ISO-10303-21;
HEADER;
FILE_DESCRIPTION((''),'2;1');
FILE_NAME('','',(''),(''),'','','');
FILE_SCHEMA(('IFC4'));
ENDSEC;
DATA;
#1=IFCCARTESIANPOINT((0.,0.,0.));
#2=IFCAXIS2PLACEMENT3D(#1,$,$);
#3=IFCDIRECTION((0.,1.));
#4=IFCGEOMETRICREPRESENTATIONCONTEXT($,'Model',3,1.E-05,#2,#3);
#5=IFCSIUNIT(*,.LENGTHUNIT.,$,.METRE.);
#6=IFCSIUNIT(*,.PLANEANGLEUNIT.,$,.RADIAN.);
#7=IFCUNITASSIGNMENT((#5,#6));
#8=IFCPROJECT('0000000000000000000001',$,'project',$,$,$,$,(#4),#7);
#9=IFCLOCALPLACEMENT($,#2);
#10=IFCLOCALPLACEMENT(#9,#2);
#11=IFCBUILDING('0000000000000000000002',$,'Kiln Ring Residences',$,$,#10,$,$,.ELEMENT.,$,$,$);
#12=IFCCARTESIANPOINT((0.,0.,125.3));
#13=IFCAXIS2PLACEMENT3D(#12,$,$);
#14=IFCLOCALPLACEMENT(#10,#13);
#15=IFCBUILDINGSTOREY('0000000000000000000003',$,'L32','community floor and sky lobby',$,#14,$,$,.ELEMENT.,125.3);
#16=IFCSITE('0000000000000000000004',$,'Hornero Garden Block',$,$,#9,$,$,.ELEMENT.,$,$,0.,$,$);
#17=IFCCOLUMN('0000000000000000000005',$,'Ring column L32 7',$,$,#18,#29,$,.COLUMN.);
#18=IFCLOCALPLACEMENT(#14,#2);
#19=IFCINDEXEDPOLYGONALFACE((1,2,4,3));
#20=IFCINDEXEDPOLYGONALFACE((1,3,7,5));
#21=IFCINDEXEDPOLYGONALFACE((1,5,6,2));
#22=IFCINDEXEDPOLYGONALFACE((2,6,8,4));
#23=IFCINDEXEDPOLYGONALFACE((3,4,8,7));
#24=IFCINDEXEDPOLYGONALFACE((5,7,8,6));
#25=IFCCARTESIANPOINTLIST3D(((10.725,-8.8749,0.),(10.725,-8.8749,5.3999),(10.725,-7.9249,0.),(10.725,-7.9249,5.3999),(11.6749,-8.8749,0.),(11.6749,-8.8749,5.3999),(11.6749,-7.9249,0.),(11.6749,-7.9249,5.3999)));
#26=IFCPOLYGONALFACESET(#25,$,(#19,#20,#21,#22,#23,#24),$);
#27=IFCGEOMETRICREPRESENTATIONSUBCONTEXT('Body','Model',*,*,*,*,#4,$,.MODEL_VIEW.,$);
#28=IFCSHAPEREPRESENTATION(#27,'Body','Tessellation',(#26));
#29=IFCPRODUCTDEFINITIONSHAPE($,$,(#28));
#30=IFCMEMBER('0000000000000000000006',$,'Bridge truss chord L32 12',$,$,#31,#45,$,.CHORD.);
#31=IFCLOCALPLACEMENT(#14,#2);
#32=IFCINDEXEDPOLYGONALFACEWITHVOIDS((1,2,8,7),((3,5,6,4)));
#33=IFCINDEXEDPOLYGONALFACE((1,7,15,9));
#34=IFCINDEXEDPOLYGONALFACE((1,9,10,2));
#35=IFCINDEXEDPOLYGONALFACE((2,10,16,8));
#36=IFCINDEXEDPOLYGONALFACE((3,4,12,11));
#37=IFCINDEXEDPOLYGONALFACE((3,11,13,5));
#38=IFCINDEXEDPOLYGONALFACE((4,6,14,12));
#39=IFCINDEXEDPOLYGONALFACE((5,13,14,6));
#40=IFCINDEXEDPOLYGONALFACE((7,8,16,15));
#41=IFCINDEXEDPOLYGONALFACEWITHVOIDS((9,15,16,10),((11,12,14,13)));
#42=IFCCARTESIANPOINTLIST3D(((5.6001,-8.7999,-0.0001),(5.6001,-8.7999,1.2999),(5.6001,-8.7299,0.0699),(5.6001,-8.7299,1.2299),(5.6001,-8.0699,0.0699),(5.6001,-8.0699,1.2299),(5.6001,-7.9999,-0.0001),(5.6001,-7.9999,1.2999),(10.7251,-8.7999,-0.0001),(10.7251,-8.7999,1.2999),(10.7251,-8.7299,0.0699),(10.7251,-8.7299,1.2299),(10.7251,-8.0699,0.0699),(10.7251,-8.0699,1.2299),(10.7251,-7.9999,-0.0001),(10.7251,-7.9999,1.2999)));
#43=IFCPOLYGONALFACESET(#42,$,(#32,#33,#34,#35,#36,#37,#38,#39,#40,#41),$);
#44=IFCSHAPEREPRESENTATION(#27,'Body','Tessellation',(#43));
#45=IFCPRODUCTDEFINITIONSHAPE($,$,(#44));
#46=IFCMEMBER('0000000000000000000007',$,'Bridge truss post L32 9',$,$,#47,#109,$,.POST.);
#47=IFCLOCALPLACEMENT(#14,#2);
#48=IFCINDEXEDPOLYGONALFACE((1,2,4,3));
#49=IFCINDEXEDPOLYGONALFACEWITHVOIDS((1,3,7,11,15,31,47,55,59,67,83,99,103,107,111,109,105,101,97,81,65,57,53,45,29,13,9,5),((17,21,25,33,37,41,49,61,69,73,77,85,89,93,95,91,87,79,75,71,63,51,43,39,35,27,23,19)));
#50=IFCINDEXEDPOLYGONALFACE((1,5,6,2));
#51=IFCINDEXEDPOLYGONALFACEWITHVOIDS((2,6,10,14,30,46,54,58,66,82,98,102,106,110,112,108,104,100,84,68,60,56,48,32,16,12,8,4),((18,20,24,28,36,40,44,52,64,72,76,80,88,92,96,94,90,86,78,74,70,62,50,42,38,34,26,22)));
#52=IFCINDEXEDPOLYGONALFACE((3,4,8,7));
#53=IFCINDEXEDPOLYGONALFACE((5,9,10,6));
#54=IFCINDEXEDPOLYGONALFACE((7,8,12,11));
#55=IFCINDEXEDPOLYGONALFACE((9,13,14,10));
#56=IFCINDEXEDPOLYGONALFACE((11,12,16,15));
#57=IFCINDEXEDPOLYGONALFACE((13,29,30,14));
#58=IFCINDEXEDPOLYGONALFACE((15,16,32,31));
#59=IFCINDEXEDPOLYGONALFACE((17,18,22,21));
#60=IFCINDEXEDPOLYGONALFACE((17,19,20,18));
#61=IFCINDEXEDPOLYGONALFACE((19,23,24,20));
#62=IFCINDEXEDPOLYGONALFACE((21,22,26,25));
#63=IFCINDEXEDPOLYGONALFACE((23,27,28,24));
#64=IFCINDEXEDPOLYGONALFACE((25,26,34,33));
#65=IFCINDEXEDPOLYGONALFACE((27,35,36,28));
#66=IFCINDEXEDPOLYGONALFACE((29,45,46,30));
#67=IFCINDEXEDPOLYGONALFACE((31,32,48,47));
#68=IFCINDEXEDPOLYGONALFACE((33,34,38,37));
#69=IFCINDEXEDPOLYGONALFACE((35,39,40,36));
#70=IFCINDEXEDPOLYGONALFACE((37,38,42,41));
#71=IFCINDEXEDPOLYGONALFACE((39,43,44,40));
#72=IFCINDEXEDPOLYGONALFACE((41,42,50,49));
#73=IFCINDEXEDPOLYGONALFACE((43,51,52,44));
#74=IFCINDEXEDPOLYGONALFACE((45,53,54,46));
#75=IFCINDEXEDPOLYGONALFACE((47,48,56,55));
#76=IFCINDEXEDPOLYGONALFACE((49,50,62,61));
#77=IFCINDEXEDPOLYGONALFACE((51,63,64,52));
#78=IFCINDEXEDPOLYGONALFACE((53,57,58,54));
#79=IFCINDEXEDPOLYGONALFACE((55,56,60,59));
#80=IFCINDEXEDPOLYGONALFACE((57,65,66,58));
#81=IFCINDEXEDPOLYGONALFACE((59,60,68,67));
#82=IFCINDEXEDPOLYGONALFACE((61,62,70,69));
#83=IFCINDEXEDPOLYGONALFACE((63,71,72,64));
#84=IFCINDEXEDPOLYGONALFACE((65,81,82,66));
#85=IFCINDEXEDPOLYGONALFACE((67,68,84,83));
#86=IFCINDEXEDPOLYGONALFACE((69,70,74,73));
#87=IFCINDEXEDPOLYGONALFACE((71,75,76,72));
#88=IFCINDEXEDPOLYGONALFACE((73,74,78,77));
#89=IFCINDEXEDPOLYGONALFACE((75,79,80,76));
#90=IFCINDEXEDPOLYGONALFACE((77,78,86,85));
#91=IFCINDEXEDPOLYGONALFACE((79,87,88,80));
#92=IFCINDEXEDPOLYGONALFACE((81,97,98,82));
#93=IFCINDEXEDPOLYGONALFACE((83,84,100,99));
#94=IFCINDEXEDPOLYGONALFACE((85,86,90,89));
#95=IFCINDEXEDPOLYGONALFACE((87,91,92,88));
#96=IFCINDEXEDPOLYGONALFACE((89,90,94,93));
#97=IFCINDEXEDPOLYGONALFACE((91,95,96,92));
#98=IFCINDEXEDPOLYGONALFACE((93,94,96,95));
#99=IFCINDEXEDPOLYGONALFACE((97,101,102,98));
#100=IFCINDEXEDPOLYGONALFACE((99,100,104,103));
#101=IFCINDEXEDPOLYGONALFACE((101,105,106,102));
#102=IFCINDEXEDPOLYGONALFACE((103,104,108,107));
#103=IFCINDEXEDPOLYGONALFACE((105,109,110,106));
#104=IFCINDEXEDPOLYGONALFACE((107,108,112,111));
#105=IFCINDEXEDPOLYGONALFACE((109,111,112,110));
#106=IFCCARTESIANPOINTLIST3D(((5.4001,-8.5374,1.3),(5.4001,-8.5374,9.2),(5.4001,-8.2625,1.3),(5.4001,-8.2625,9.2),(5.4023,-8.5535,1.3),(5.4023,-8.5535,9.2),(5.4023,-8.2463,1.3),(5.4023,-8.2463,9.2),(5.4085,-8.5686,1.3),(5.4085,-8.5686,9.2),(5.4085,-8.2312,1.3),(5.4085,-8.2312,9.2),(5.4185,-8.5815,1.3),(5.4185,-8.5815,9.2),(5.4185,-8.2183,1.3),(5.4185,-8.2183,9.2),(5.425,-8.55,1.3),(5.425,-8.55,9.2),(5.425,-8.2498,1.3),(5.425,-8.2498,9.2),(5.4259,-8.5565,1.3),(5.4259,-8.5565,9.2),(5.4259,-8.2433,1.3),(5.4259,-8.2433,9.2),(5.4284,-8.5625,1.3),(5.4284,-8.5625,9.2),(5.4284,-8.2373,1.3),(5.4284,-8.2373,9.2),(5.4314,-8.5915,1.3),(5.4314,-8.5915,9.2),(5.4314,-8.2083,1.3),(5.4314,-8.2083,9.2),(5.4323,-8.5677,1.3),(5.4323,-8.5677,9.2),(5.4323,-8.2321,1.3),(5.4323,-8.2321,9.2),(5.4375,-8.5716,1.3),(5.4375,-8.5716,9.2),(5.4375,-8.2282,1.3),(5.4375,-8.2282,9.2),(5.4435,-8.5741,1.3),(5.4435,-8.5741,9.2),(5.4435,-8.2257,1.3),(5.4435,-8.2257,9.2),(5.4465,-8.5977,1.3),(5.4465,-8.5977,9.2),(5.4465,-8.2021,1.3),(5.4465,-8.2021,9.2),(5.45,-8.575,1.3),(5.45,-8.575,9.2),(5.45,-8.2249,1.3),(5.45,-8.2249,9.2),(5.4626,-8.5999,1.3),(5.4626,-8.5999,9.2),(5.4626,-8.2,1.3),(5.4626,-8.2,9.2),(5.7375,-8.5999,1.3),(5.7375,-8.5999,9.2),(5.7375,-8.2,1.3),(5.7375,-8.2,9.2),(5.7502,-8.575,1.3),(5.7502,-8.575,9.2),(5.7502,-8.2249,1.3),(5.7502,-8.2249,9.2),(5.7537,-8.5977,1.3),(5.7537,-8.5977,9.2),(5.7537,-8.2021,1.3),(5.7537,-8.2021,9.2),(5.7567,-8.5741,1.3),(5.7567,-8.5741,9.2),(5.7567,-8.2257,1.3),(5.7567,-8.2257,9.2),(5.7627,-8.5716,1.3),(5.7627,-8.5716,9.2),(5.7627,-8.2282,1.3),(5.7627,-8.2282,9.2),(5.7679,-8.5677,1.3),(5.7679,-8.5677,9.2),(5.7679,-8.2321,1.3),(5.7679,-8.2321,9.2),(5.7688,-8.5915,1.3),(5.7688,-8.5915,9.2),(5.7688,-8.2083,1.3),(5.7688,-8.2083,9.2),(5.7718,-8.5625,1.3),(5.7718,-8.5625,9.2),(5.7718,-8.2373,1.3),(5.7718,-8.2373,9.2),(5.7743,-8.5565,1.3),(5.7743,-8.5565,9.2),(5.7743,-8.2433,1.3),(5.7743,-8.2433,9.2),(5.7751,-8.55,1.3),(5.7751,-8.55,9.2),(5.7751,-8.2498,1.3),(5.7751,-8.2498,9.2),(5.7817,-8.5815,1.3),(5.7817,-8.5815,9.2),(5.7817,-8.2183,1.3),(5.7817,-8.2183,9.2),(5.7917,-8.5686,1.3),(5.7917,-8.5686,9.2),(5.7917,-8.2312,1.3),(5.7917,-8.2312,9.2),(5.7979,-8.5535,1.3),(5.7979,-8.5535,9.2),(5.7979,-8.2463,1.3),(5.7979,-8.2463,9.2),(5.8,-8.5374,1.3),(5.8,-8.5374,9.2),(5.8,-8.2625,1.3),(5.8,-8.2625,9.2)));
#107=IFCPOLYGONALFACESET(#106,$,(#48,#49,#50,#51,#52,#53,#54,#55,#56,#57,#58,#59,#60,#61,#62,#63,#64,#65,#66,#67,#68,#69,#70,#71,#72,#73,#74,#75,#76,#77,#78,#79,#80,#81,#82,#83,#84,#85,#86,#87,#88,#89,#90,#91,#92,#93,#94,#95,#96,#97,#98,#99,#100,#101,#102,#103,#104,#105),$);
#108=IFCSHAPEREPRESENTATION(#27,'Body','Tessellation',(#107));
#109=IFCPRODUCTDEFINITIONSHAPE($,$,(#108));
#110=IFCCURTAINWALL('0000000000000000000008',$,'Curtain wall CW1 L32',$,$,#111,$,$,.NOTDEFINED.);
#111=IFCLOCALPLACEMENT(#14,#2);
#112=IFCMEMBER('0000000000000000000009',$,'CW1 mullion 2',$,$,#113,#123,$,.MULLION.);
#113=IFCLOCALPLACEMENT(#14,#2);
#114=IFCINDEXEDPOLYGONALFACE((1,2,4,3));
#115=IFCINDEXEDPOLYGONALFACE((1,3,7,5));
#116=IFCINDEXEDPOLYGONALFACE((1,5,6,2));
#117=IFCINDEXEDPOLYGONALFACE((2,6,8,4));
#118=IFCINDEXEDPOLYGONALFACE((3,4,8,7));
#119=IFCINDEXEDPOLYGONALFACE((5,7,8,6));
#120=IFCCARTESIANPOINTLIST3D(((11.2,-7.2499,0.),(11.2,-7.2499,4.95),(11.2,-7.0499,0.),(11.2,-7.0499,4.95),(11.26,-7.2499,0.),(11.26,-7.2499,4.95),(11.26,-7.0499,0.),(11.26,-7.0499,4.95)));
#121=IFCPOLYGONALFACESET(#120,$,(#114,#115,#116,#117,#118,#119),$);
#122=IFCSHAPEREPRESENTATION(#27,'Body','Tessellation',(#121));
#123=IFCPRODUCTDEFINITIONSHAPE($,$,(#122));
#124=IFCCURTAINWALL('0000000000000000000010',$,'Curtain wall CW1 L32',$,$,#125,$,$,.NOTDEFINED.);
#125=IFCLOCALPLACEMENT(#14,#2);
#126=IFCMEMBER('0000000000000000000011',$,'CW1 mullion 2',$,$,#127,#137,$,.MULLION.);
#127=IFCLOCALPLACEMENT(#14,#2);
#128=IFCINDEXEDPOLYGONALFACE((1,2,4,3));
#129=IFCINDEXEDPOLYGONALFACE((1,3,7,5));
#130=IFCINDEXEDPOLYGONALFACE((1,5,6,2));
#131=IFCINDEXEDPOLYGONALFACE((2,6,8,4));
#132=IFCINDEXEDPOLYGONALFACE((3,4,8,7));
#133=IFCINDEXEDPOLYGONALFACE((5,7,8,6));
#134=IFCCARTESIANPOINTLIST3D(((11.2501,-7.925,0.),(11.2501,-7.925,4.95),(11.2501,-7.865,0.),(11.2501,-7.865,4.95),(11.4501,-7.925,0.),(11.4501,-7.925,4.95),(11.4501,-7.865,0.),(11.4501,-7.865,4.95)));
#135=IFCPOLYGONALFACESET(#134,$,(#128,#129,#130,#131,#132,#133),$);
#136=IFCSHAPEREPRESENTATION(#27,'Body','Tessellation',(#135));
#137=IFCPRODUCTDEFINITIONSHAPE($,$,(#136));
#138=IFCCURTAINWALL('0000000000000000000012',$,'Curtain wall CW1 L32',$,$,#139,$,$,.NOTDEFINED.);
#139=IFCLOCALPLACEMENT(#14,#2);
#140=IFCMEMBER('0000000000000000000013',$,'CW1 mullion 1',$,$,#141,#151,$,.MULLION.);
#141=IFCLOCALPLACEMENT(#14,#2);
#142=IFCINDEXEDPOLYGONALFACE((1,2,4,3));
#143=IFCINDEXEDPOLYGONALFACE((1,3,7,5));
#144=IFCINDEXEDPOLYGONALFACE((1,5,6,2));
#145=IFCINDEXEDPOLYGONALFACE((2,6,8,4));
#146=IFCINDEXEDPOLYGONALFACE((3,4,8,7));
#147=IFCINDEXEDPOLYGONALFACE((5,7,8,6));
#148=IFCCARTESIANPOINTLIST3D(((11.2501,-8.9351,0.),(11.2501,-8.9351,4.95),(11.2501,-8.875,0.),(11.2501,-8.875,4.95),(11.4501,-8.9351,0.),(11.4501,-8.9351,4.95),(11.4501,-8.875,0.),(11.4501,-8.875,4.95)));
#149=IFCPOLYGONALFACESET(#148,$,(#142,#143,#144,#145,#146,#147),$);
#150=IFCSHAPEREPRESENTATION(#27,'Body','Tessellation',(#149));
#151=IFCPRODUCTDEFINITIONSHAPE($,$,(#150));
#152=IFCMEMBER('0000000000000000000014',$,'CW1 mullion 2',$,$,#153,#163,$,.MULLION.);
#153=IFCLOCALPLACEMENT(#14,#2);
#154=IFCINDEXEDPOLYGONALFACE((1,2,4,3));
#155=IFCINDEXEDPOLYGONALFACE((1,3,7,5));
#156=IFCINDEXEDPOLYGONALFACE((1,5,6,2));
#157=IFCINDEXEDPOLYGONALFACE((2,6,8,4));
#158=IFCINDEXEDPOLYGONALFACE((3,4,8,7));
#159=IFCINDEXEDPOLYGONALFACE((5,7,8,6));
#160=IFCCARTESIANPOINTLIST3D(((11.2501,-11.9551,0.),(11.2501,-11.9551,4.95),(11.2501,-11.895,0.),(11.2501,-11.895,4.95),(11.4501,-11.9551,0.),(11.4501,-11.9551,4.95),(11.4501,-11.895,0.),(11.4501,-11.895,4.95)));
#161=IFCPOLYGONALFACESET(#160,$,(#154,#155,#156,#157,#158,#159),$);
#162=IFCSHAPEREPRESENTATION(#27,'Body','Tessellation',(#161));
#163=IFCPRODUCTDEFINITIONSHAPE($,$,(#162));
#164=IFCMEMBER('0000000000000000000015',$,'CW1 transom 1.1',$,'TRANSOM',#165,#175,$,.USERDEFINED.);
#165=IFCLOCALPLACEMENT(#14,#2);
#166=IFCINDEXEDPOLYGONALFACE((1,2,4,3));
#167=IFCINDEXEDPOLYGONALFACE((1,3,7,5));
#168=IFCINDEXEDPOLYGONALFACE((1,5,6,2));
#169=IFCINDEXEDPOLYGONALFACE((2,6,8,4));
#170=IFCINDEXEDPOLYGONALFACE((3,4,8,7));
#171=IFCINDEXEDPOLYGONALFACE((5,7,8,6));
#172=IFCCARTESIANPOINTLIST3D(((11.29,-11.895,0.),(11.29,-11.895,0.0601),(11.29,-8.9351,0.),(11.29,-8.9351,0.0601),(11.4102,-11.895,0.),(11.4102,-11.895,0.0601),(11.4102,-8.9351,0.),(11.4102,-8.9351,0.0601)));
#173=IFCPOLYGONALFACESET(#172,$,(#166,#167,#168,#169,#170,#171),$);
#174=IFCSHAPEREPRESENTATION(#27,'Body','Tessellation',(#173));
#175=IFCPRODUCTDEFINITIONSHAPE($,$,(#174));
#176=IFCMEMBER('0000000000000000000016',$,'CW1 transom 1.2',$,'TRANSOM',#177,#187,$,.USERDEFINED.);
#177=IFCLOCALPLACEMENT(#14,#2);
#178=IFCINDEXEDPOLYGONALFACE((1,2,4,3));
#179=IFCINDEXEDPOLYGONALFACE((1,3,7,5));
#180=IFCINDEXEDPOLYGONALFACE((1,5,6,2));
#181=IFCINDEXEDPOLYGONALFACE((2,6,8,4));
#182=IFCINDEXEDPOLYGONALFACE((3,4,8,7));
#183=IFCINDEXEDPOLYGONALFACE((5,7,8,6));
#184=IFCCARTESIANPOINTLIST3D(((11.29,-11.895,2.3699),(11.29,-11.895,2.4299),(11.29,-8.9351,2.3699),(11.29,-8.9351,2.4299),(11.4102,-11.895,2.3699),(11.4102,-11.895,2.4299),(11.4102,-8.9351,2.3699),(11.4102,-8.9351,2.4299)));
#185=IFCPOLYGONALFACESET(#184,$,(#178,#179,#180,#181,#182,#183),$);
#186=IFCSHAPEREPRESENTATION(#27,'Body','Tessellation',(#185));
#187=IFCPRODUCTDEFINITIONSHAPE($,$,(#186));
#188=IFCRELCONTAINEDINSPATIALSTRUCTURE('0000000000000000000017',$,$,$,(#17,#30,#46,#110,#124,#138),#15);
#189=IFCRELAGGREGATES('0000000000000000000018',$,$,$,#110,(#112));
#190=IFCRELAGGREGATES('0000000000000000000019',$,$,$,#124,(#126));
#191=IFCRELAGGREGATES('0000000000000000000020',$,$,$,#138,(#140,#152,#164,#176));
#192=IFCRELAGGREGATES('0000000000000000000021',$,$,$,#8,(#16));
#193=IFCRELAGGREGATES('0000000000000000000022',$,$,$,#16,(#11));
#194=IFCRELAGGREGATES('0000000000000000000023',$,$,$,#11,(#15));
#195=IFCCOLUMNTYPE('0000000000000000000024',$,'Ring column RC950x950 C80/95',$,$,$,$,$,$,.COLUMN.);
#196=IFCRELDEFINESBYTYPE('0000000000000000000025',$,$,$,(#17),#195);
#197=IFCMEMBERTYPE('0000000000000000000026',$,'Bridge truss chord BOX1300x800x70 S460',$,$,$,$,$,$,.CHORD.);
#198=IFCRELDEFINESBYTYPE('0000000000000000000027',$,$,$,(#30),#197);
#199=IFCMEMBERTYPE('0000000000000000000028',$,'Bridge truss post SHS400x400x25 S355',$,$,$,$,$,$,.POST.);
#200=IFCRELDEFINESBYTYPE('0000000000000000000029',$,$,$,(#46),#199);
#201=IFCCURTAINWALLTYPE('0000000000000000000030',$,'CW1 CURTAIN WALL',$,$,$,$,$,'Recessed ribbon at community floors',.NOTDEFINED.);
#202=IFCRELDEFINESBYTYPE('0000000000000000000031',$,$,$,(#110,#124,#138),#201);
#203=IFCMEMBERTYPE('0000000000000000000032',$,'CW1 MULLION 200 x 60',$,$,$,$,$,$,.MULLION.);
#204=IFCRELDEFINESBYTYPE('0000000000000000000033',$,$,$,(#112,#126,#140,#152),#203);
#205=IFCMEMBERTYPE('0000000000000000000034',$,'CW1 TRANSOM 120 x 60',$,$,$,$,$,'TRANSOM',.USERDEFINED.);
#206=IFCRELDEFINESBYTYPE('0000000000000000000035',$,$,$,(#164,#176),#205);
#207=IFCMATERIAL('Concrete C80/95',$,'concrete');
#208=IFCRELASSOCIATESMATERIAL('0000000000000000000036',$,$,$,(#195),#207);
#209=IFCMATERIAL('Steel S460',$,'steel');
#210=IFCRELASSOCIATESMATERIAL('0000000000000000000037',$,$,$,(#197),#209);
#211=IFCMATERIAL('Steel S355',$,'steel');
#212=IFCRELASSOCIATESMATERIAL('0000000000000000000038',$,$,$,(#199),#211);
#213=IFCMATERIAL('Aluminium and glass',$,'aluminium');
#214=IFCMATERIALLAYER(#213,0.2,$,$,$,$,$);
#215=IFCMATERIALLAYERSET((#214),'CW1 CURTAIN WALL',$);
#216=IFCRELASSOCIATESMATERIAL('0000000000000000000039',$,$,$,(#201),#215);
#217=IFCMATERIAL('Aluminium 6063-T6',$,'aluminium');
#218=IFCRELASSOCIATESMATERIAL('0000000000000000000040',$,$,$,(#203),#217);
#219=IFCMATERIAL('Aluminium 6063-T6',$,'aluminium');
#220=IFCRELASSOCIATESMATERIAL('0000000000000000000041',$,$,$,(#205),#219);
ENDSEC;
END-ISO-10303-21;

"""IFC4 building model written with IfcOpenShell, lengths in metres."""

from ifc_helpers import new_model, si_unit, direction, frame, origin, origin_2d, place, context, subcontext, project, spatial, rectangle, hollow_rectangle, extrude, material, layer, layer_set, material_profile, profile_set, type_object, element, aggregate, save


model = new_model("IFC4")

# Units and contexts
model_context = context("Model", 3, precision=1e-05, world=origin(), true_north=direction((0.0, 1.0)))
body_context = subcontext(model_context, "Body", "Model", "MODEL_VIEW")
ifc_project = project(units=[si_unit("LENGTHUNIT", "METRE"), si_unit("PLANEANGLEUNIT", "RADIAN")], contexts=[model_context])

# Site, building, storey
site_placement = place(None, origin())
site = spatial("IfcSite", under=ifc_project, at=site_placement, Name="Hornero Garden Block", CompositionType="ELEMENT", RefElevation=0.0)
building_placement = place(site_placement, origin())
building = spatial("IfcBuilding", under=site, at=building_placement, Name="Kiln Ring Residences", CompositionType="ELEMENT")
storey_placement = place(building_placement, frame((0.0, 0.0, 125.3)))
storey = spatial("IfcBuildingStorey", under=building, at=storey_placement, Name="L32", Description="community floor and sky lobby", CompositionType="ELEMENT", Elevation=125.3)

# Column
ifc_material_1 = material(Name="Concrete C80/95", Category="concrete")
ifc_material_profile_1 = material_profile(ifc_material_1, rectangle(XDim=0.95, YDim=0.95, at=origin_2d()), Name="RC950x950")
ifc_profile_set_1 = profile_set([ifc_material_profile_1], Name="Concrete C80/95")
column_type = type_object("IfcColumnType", Name="Ring column RC950x950 C80/95", PredefinedType="COLUMN", material=ifc_profile_set_1)
column_placement = place(storey_placement, frame((11.2, -8.3999, 0.0), z_axis=(0.0, 0.0, 1.0), x_axis=(1.0, 0.0, 0.0)))
element("IfcColumn", 1, at=column_placement, inside=storey, type_object=column_type, Name="Ring column L32 7", PredefinedType="COLUMN", context=body_context, shape_type="SweptSolid", body=[
    extrude(rectangle(XDim=0.95, YDim=0.95, at=origin_2d()), origin(), (0.0, 0.0, 1.0), 5.3999),
])

# Members
ifc_material_2 = material(Name="Steel S460", Category="steel")
ifc_material_profile_2 = material_profile(ifc_material_2, hollow_rectangle(XDim=0.8, YDim=1.3, WallThickness=0.0701, at=origin_2d()), Name="BOX1300x800x70")
ifc_profile_set_2 = profile_set([ifc_material_profile_2], Name="Steel S460")
member_type_1 = type_object("IfcMemberType", Name="Bridge truss chord BOX1300x800x70 S460", PredefinedType="CHORD", material=ifc_profile_set_2)
member_1_placement = place(storey_placement, frame((5.6001, -8.3999, 0.6499), z_axis=(1.0, 0.0, 0.0), x_axis=(0.0, 1.0, 0.0)))
element("IfcMember", 2, at=member_1_placement, inside=storey, type_object=member_type_1, Name="Bridge truss chord L32 12", PredefinedType="CHORD", context=body_context, shape_type="SweptSolid", body=[
    extrude(hollow_rectangle(XDim=0.8, YDim=1.3, WallThickness=0.0701, at=origin_2d()), origin(), (0.0, 0.0, 1.0), 5.125),
])
ifc_material_3 = material(Name="Steel S355", Category="steel")
ifc_material_profile_3 = material_profile(ifc_material_3, hollow_rectangle(XDim=0.3999, YDim=0.3999, WallThickness=0.0249, InnerFilletRadius=0.0249, OuterFilletRadius=0.0625, at=origin_2d()), Name="SHS400x400x25")
ifc_profile_set_3 = profile_set([ifc_material_profile_3], Name="Steel S355")
member_type_2 = type_object("IfcMemberType", Name="Bridge truss post SHS400x400x25 S355", PredefinedType="POST", material=ifc_profile_set_3)
member_2_placement = place(storey_placement, frame((5.6001, -8.3999, 1.3), z_axis=(0.0, 0.0, 1.0), x_axis=(1.0, 0.0, 0.0)))
element("IfcMember", 3, at=member_2_placement, inside=storey, type_object=member_type_2, Name="Bridge truss post L32 9", PredefinedType="POST", context=body_context, shape_type="SweptSolid", body=[
    extrude(hollow_rectangle(XDim=0.3999, YDim=0.3999, WallThickness=0.0249, InnerFilletRadius=0.0249, OuterFilletRadius=0.0625, at=origin_2d()), origin(), (0.0, 0.0, 1.0), 7.8999),
])

# Curtain walls, members
ifc_material_4 = material(Name="Aluminium and glass", Category="aluminium")
ifc_layer_1 = layer(ifc_material_4, 0.2)
ifc_layer_set_1 = layer_set([ifc_layer_1], Name="CW1 CURTAIN WALL")
curtain_wall_type = type_object("IfcCurtainWallType", Name="CW1 CURTAIN WALL", ElementType="Recessed ribbon at community floors", PredefinedType="NOTDEFINED", material=ifc_layer_set_1)
placement_1 = place(storey_placement, origin())
curtain_wall_1 = element("IfcCurtainWall", 4, at=placement_1, inside=storey, type_object=curtain_wall_type, Name="Curtain wall CW1 L32", PredefinedType="NOTDEFINED")
ifc_material_5 = material(Name="Aluminium 6063-T6", Category="aluminium")
ifc_material_profile_4 = material_profile(ifc_material_5, rectangle(XDim=0.2, YDim=0.0601, at=origin_2d()), Name="AL 200x60")
ifc_profile_set_4 = profile_set([ifc_material_profile_4], Name="Aluminium 6063-T6")
member_type_3 = type_object("IfcMemberType", Name="CW1 MULLION 200 x 60", PredefinedType="MULLION", material=ifc_profile_set_4)
member_3_placement = place(storey_placement, frame((11.23, -7.1499, 0.0), z_axis=(0.0, 0.0, 1.0), x_axis=(0.0, -1.0, 0.0)))
member_3 = element("IfcMember", 5, at=member_3_placement, type_object=member_type_3, Name="CW1 mullion 2", PredefinedType="MULLION", context=body_context, shape_type="SweptSolid", body=[
    extrude(rectangle(XDim=0.2, YDim=0.0601, at=origin_2d()), origin(), (0.0, 0.0, 1.0), 4.95),
])
aggregate(curtain_wall_1, [member_3])
curtain_wall_2 = element("IfcCurtainWall", 6, at=placement_1, inside=storey, type_object=curtain_wall_type, Name="Curtain wall CW1 L32", PredefinedType="NOTDEFINED")
member_4_placement = place(storey_placement, frame((11.3501, -7.895, 0.0), z_axis=(0.0, 0.0, 1.0), x_axis=(1.0, 0.0, 0.0)))
member_4 = element("IfcMember", 7, at=member_4_placement, type_object=member_type_3, Name="CW1 mullion 2", PredefinedType="MULLION", context=body_context, shape_type="SweptSolid", body=[
    extrude(rectangle(XDim=0.2, YDim=0.0601, at=origin_2d()), origin(), (0.0, 0.0, 1.0), 4.95),
])

# Curtain wall, members
curtain_wall_3 = element("IfcCurtainWall", 8, at=placement_1, inside=storey, type_object=curtain_wall_type, Name="Curtain wall CW1 L32", PredefinedType="NOTDEFINED")
member_5_placement = place(storey_placement, frame((11.3501, -8.905, 0.0), z_axis=(0.0, 0.0, 1.0), x_axis=(1.0, 0.0, 0.0)))
member_5 = element("IfcMember", 9, at=member_5_placement, type_object=member_type_3, Name="CW1 mullion 1", PredefinedType="MULLION", context=body_context, shape_type="SweptSolid", body=[
    extrude(rectangle(XDim=0.2, YDim=0.0601, at=origin_2d()), origin(), (0.0, 0.0, 1.0), 4.95),
])
member_6_placement = place(storey_placement, frame((11.3501, -11.925, 0.0), z_axis=(0.0, 0.0, 1.0), x_axis=(1.0, 0.0, 0.0)))
member_6 = element("IfcMember", 10, at=member_6_placement, type_object=member_type_3, Name="CW1 mullion 2", PredefinedType="MULLION", context=body_context, shape_type="SweptSolid", body=[
    extrude(rectangle(XDim=0.2, YDim=0.0601, at=origin_2d()), origin(), (0.0, 0.0, 1.0), 4.95),
])
ifc_material_6 = material(Name="Aluminium 6063-T6", Category="aluminium")
ifc_material_profile_5 = material_profile(ifc_material_6, rectangle(XDim=0.1201, YDim=0.0601, at=origin_2d()), Name="AL 120x60")
ifc_profile_set_5 = profile_set([ifc_material_profile_5], Name="Aluminium 6063-T6")
member_type_4 = type_object("IfcMemberType", Name="CW1 TRANSOM 120 x 60", ElementType="TRANSOM", PredefinedType="USERDEFINED", material=ifc_profile_set_5)
member_7_placement = place(storey_placement, frame((11.3501, -8.9351, 0.03), z_axis=(0.0, -1.0, 0.0), x_axis=(1.0, 0.0, 0.0)))
member_7 = element("IfcMember", 11, at=member_7_placement, type_object=member_type_4, Name="CW1 transom 1.1", ObjectType="TRANSOM", PredefinedType="USERDEFINED", context=body_context, shape_type="SweptSolid", body=[
    extrude(rectangle(XDim=0.1201, YDim=0.0601, at=origin_2d()), origin(), (0.0, 0.0, 1.0), 2.96),
])
member_8_placement = place(storey_placement, frame((11.3501, -8.9351, 2.3999), z_axis=(0.0, -1.0, 0.0), x_axis=(1.0, 0.0, 0.0)))
member_8 = element("IfcMember", 12, at=member_8_placement, type_object=member_type_4, Name="CW1 transom 1.2", ObjectType="TRANSOM", PredefinedType="USERDEFINED", context=body_context, shape_type="SweptSolid", body=[
    extrude(rectangle(XDim=0.1201, YDim=0.0601, at=origin_2d()), origin(), (0.0, 0.0, 1.0), 2.96),
])

aggregate(curtain_wall_2, [member_4])
aggregate(curtain_wall_3, [member_5, member_6, member_7, member_8])

save(model, "model.ifc")
